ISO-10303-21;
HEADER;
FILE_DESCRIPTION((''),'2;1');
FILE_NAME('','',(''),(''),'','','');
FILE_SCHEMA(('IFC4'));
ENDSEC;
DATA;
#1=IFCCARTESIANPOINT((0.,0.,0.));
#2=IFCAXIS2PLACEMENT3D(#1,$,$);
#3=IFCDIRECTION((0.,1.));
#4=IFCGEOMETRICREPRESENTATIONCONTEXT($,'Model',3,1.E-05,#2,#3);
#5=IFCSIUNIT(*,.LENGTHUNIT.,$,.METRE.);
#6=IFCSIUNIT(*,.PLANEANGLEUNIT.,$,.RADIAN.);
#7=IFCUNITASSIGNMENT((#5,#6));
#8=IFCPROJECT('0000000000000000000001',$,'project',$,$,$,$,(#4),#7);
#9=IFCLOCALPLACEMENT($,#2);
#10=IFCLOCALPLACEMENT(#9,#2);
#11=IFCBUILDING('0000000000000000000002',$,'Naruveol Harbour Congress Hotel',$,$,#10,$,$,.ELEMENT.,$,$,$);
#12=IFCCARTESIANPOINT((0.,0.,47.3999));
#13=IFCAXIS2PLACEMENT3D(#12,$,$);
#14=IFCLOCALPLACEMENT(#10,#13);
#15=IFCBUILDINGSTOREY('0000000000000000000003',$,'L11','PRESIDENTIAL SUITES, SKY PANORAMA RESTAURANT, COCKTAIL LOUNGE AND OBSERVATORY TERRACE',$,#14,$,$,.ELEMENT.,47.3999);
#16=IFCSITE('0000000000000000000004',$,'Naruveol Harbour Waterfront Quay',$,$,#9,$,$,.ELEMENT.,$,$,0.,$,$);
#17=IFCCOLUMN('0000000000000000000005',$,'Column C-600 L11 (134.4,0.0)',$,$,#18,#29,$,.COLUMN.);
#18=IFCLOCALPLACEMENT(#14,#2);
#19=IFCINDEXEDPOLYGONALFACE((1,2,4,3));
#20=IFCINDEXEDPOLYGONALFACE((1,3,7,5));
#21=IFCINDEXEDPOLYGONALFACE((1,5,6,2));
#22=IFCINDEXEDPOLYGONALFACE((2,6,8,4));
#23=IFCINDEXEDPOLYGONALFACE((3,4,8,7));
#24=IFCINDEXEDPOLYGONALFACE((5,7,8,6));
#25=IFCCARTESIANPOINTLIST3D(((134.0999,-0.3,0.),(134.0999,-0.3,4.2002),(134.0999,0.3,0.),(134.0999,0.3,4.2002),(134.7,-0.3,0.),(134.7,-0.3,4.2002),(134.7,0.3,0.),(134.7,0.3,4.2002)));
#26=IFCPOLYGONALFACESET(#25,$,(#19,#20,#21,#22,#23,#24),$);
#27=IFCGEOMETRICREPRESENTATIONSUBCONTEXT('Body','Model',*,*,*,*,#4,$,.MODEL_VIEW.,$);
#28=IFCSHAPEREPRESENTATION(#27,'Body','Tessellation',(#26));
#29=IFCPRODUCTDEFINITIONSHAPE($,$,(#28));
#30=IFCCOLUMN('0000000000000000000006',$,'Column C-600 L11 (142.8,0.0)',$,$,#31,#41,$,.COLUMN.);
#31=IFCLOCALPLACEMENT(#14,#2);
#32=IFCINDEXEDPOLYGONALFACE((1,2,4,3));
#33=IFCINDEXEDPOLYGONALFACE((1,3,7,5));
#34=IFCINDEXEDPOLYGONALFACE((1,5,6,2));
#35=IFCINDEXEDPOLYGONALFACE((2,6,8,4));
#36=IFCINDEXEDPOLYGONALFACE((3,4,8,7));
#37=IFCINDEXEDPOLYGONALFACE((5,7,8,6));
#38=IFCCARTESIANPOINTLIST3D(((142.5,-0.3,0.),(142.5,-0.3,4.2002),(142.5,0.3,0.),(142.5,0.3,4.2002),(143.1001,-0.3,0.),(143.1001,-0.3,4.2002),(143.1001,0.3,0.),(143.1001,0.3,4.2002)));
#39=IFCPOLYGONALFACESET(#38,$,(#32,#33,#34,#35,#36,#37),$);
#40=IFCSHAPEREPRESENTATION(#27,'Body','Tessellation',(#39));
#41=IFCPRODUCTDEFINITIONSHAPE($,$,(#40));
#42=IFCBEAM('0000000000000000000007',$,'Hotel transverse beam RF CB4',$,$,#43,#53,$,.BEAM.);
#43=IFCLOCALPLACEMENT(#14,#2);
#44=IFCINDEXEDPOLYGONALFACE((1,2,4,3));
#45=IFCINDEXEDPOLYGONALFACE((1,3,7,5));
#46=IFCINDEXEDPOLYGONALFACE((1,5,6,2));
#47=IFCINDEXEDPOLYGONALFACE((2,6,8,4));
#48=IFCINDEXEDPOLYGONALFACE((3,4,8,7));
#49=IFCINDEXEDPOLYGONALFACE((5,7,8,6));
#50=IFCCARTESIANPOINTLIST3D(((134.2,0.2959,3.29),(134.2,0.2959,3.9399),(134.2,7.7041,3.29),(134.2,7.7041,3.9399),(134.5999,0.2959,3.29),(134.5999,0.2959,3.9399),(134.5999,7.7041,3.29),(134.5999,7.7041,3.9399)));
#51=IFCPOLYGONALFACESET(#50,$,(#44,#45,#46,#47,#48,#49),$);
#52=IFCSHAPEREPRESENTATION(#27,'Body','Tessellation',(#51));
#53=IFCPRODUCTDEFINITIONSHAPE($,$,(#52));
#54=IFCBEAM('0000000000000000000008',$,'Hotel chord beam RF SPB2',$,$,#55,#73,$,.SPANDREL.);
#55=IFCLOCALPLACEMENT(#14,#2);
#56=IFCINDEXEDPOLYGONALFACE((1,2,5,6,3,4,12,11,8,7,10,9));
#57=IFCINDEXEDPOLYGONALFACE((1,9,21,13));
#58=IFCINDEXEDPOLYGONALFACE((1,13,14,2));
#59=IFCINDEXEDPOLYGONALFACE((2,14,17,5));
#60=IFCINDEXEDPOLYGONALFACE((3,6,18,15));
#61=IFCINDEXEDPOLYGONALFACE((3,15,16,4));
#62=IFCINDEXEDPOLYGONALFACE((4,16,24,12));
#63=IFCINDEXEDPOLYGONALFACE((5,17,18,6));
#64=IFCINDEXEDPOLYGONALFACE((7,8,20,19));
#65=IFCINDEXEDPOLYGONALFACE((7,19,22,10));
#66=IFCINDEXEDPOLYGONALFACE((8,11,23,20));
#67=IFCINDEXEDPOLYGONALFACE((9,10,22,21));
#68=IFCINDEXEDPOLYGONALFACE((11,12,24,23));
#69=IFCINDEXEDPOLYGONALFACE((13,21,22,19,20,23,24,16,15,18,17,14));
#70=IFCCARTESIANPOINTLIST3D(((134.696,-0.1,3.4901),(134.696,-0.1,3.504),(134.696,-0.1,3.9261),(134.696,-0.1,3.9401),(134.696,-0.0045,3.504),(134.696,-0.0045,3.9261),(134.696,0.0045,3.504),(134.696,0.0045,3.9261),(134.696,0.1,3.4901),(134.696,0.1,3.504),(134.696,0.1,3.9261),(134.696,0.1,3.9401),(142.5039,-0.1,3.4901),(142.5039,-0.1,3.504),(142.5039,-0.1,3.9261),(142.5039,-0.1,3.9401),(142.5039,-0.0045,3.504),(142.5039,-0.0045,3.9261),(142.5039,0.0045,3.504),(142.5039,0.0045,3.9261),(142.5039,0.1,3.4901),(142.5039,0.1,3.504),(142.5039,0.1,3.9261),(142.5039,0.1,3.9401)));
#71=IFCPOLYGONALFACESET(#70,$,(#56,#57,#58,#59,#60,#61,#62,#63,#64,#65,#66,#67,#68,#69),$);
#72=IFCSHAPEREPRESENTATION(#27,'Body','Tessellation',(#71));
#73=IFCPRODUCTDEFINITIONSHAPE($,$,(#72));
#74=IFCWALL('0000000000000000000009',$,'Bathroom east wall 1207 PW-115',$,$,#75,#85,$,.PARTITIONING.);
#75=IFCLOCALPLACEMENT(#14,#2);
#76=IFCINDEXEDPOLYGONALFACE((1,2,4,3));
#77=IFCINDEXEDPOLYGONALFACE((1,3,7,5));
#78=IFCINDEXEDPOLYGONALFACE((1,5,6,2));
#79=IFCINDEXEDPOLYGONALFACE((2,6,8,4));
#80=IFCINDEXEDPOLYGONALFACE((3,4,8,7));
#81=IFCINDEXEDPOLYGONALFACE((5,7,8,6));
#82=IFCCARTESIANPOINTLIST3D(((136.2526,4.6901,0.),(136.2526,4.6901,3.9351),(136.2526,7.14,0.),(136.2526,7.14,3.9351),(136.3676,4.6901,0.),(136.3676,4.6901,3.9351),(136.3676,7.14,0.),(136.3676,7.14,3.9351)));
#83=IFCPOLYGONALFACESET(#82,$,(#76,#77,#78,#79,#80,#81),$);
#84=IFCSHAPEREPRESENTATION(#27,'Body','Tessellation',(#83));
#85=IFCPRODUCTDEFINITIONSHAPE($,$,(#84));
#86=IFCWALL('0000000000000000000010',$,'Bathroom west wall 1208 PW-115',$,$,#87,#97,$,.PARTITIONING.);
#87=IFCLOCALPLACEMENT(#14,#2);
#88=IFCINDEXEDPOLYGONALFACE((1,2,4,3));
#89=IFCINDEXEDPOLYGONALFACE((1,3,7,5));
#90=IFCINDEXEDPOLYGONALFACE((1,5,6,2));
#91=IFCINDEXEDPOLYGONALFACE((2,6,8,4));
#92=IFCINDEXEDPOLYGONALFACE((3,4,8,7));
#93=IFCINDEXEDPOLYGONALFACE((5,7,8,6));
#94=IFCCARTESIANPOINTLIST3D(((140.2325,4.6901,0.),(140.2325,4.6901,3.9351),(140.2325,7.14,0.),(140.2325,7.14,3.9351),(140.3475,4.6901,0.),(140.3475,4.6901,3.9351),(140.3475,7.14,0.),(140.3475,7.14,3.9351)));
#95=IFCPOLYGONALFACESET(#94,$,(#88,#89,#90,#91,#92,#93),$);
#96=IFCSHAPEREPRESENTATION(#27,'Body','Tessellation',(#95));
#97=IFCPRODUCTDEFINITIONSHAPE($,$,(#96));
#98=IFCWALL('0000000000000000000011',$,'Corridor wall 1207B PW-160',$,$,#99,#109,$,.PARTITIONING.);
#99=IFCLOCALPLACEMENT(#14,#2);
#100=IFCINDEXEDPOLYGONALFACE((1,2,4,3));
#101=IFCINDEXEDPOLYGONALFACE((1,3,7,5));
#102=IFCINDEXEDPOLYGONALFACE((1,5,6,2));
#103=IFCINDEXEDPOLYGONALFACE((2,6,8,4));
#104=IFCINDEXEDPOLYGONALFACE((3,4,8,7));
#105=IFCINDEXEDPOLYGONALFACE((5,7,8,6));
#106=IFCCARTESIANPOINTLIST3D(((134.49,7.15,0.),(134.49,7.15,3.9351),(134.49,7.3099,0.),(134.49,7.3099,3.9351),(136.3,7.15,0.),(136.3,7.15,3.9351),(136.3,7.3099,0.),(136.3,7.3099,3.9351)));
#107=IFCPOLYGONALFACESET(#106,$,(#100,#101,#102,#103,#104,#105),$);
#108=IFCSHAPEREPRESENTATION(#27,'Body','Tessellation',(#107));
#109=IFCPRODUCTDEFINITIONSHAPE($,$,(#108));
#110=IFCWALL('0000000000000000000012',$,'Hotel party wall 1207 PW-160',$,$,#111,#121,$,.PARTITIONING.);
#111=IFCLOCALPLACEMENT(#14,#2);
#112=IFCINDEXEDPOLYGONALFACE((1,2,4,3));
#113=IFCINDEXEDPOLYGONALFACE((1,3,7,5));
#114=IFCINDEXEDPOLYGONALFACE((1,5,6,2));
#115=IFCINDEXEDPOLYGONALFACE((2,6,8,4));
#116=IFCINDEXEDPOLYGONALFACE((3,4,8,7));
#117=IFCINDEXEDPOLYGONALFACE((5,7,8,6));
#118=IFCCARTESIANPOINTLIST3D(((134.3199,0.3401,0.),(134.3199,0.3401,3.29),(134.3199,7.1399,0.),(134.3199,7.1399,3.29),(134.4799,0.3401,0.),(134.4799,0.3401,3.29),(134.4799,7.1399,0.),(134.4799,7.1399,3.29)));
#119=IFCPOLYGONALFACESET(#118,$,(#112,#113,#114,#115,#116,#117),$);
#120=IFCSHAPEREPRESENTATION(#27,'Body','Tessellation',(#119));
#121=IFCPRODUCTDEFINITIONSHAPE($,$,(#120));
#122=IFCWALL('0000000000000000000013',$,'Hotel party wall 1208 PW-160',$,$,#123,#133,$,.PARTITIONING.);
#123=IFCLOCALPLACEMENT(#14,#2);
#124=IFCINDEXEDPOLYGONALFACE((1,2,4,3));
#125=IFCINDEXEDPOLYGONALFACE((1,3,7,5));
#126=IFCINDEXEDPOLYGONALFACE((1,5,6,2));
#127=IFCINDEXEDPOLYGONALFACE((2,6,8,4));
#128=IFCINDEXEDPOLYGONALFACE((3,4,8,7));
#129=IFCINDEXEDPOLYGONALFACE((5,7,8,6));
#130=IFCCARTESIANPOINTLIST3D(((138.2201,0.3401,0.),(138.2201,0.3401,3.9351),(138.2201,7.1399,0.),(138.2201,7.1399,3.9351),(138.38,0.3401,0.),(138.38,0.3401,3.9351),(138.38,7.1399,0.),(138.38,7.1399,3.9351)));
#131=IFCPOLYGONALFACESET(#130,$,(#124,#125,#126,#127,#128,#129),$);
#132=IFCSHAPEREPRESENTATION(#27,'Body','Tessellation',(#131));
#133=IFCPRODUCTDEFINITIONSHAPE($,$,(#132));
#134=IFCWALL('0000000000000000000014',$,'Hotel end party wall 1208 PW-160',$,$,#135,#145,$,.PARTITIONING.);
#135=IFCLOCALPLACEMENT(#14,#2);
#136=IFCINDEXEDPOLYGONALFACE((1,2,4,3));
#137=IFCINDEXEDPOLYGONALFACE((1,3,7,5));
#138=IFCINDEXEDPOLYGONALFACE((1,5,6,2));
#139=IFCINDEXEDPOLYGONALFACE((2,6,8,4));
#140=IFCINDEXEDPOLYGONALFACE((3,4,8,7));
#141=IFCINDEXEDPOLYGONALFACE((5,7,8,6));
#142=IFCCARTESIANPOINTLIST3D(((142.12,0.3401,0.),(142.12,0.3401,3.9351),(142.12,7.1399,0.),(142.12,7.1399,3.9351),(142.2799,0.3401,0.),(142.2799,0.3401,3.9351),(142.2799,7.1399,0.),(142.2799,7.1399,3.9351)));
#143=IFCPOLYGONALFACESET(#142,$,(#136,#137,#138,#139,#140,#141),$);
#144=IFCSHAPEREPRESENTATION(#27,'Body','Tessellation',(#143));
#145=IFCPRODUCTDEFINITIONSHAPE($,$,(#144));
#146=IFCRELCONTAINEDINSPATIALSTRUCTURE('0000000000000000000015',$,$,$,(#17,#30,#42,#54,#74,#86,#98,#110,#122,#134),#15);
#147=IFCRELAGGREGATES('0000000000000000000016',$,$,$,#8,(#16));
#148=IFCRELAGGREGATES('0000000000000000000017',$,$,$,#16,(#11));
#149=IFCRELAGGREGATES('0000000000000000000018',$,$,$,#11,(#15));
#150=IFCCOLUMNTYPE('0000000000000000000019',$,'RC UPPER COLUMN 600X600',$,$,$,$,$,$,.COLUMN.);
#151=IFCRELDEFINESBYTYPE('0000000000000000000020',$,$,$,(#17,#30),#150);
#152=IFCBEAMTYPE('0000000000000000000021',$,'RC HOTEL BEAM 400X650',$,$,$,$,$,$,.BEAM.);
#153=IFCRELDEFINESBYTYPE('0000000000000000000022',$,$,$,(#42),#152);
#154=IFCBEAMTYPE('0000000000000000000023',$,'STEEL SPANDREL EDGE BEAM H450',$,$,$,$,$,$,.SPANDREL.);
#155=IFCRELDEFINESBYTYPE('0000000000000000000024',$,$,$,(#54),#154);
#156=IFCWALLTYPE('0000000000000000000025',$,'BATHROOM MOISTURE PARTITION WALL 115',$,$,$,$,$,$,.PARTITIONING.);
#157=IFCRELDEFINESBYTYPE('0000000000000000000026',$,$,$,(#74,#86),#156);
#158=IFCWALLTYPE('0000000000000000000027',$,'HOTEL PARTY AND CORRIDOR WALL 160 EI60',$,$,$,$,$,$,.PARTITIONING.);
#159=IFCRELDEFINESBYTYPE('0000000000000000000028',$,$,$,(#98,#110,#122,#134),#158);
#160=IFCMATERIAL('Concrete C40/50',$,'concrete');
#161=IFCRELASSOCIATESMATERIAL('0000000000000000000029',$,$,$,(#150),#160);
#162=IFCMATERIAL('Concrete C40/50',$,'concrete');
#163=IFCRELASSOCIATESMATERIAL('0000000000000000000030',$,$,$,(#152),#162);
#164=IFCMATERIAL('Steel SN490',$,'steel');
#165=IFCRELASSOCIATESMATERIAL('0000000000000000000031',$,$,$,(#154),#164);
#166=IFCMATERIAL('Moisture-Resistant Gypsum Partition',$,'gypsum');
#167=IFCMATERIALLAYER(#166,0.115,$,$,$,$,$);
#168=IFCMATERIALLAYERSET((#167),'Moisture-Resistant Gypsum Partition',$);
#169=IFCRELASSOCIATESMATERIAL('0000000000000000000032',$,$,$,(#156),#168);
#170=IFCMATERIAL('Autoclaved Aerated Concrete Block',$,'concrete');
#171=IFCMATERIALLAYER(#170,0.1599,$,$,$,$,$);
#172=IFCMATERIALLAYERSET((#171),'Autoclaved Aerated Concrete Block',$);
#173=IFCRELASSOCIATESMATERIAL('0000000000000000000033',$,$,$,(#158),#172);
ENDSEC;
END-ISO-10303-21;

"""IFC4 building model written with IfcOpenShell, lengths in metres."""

from ifc_helpers import new_model, si_unit, direction, frame, frame_2d, origin, origin_2d, place, context, subcontext, project, spatial, rectangle, i_section, extrude, material, layer, layer_set, material_profile, profile_set, type_object, element, save


model = new_model("IFC4")

# Units and contexts
model_context = context("Model", 3, precision=1e-05, world=origin(), true_north=direction((0.0, 1.0)))
body_context = subcontext(model_context, "Body", "Model", "MODEL_VIEW")
ifc_project = project(units=[si_unit("LENGTHUNIT", "METRE"), si_unit("PLANEANGLEUNIT", "RADIAN")], contexts=[model_context])

# Site, building, storey
site_placement = place(None, origin())
site = spatial("IfcSite", under=ifc_project, at=site_placement, Name="Naruveol Harbour Waterfront Quay", CompositionType="ELEMENT", RefElevation=0.0)
building_placement = place(site_placement, origin())
building = spatial("IfcBuilding", under=site, at=building_placement, Name="Naruveol Harbour Congress Hotel", CompositionType="ELEMENT")
storey_placement = place(building_placement, frame((0.0, 0.0, 47.3999)))
storey = spatial("IfcBuildingStorey", under=building, at=storey_placement, Name="L11", Description="PRESIDENTIAL SUITES, SKY PANORAMA RESTAURANT, COCKTAIL LOUNGE AND OBSERVATORY TERRACE", CompositionType="ELEMENT", Elevation=47.3999)

# Columns
ifc_material_1 = material(Name="Concrete C40/50", Category="concrete")
ifc_material_profile_1 = material_profile(ifc_material_1, rectangle(XDim=0.6001, YDim=0.6001, at=origin_2d()), Name="RC-600x600")
ifc_profile_set_1 = profile_set([ifc_material_profile_1], Name="Concrete C40/50")
column_type = type_object("IfcColumnType", Name="RC UPPER COLUMN 600X600", PredefinedType="COLUMN", material=ifc_profile_set_1)
for number, where, z_axis, x_axis, name in (
    (1, (134.3999, 0.0, 0.0), (0.0, 0.0, 1.0), (1.0, 0.0, 0.0), "Column C-600 L11 (134.4,0.0)"),
    (2, (142.8, 0.0, 0.0), (0.0, 0.0, 1.0), (1.0, 0.0, 0.0), "Column C-600 L11 (142.8,0.0)"),
):
    element("IfcColumn", number, at=place(storey_placement, frame(where, z_axis=z_axis, x_axis=x_axis)), inside=storey, type_object=column_type, Name=name, PredefinedType="COLUMN", context=body_context, shape_type="SweptSolid", body=[
        extrude(rectangle(XDim=0.6001, YDim=0.6001, at=origin_2d()), origin(), (0.0, 0.0, 1.0), 4.2002),
    ])

# Beams
ifc_material_2 = material(Name="Concrete C40/50", Category="concrete")
ifc_material_profile_2 = material_profile(ifc_material_2, rectangle(XDim=0.3999, YDim=0.6499, at=origin_2d()), Name="RCB-400x650")
ifc_profile_set_2 = profile_set([ifc_material_profile_2], Name="Concrete C40/50")
beam_type_1 = type_object("IfcBeamType", Name="RC HOTEL BEAM 400X650", PredefinedType="BEAM", material=ifc_profile_set_2)
beam_1_placement = place(storey_placement, frame((134.3999, 0.2959, 3.615), z_axis=(0.0, 1.0, 0.0), x_axis=(-1.0, 0.0, 0.0)))
element("IfcBeam", 3, at=beam_1_placement, inside=storey, type_object=beam_type_1, Name="Hotel transverse beam RF CB4", PredefinedType="BEAM", context=body_context, shape_type="SweptSolid", body=[
    extrude(rectangle(XDim=0.3999, YDim=0.6499, at=origin_2d()), origin(), (0.0, 0.0, 1.0), 7.4082),
])
ifc_material_3 = material(Name="Steel SN490", Category="steel")
ifc_material_profile_3 = material_profile(ifc_material_3, i_section(OverallWidth=0.2, OverallDepth=0.45, WebThickness=0.009, FlangeThickness=0.0139, at=origin_2d()), Name="H-450x200x9x14")
ifc_profile_set_3 = profile_set([ifc_material_profile_3], Name="Steel SN490")
beam_type_2 = type_object("IfcBeamType", Name="STEEL SPANDREL EDGE BEAM H450", PredefinedType="SPANDREL", material=ifc_profile_set_3)
beam_2_placement = place(storey_placement, frame((134.696, 0.0, 3.7151), z_axis=(1.0, 0.0, 0.0), x_axis=(0.0, 1.0, 0.0)))
element("IfcBeam", 4, at=beam_2_placement, inside=storey, type_object=beam_type_2, Name="Hotel chord beam RF SPB2", PredefinedType="SPANDREL", context=body_context, shape_type="SweptSolid", body=[
    extrude(i_section(OverallWidth=0.2, OverallDepth=0.45, WebThickness=0.009, FlangeThickness=0.0139, at=origin_2d()), origin(), (0.0, 0.0, 1.0), 7.8079),
])

# Wall
ifc_material_4 = material(Name="Moisture-Resistant Gypsum Partition", Category="gypsum")
ifc_layer_1 = layer(ifc_material_4, 0.115)
ifc_layer_set_1 = layer_set([ifc_layer_1], Name="Moisture-Resistant Gypsum Partition")
wall_type_1 = type_object("IfcWallType", Name="BATHROOM MOISTURE PARTITION WALL 115", PredefinedType="PARTITIONING", material=ifc_layer_set_1)
wall_1_placement = place(storey_placement, frame((136.3101, 4.6899, 0.0), z_axis=(0.0, 0.0, 1.0), x_axis=(0.0, 1.0, 0.0)))
element("IfcWall", 5, at=wall_1_placement, inside=storey, type_object=wall_type_1, Name="Bathroom east wall 1207 PW-115", PredefinedType="PARTITIONING", context=body_context, shape_type="SweptSolid", body=[
    extrude(rectangle(XDim=2.45, YDim=0.115, at=frame_2d((1.2251, 0.0))), origin(), (0.0, 0.0, 1.0), 3.9351),
])

# Wall
wall_2_placement = place(storey_placement, frame((140.29, 4.6899, 0.0), z_axis=(0.0, 0.0, 1.0), x_axis=(0.0, 1.0, 0.0)))
element("IfcWall", 6, at=wall_2_placement, inside=storey, type_object=wall_type_1, Name="Bathroom west wall 1208 PW-115", PredefinedType="PARTITIONING", context=body_context, shape_type="SweptSolid", body=[
    extrude(rectangle(XDim=2.45, YDim=0.115, at=frame_2d((1.2251, 0.0))), origin(), (0.0, 0.0, 1.0), 3.9351),
])

# Walls
ifc_material_5 = material(Name="Autoclaved Aerated Concrete Block", Category="concrete")
ifc_layer_2 = layer(ifc_material_5, 0.1599)
ifc_layer_set_2 = layer_set([ifc_layer_2], Name="Autoclaved Aerated Concrete Block")
wall_type_2 = type_object("IfcWallType", Name="HOTEL PARTY AND CORRIDOR WALL 160 EI60", PredefinedType="PARTITIONING", material=ifc_layer_set_2)
wall_3_placement = place(storey_placement, frame((134.49, 7.23, 0.0), z_axis=(0.0, 0.0, 1.0), x_axis=(1.0, 0.0, 0.0)))
element("IfcWall", 7, at=wall_3_placement, inside=storey, type_object=wall_type_2, Name="Corridor wall 1207B PW-160", PredefinedType="PARTITIONING", context=body_context, shape_type="SweptSolid", body=[
    extrude(rectangle(XDim=1.8101, YDim=0.1599, at=frame_2d((0.905, 0.0))), origin(), (0.0, 0.0, 1.0), 3.9351),
])
wall_4_placement = place(storey_placement, frame((134.3999, 0.3401, 0.0), z_axis=(0.0, 0.0, 1.0), x_axis=(0.0, 1.0, 0.0)))
element("IfcWall", 8, at=wall_4_placement, inside=storey, type_object=wall_type_2, Name="Hotel party wall 1207 PW-160", PredefinedType="PARTITIONING", context=body_context, shape_type="SweptSolid", body=[
    extrude(rectangle(XDim=6.7998, YDim=0.1599, at=frame_2d((3.3999, 0.0))), origin(), (0.0, 0.0, 1.0), 3.29),
])
for number, where, z_axis, x_axis, name in (
    (9, (138.3, 0.3401, 0.0), (0.0, 0.0, 1.0), (0.0, 1.0, 0.0), "Hotel party wall 1208 PW-160"),
    (10, (142.2, 0.3401, 0.0), (0.0, 0.0, 1.0), (0.0, 1.0, 0.0), "Hotel end party wall 1208 PW-160"),
):
    element("IfcWall", number, at=place(storey_placement, frame(where, z_axis=z_axis, x_axis=x_axis)), inside=storey, type_object=wall_type_2, Name=name, PredefinedType="PARTITIONING", context=body_context, shape_type="SweptSolid", body=[
        extrude(rectangle(XDim=6.7998, YDim=0.1599, at=frame_2d((3.3999, 0.0))), origin(), (0.0, 0.0, 1.0), 3.9351),
    ])

save(model, "model.ifc")
